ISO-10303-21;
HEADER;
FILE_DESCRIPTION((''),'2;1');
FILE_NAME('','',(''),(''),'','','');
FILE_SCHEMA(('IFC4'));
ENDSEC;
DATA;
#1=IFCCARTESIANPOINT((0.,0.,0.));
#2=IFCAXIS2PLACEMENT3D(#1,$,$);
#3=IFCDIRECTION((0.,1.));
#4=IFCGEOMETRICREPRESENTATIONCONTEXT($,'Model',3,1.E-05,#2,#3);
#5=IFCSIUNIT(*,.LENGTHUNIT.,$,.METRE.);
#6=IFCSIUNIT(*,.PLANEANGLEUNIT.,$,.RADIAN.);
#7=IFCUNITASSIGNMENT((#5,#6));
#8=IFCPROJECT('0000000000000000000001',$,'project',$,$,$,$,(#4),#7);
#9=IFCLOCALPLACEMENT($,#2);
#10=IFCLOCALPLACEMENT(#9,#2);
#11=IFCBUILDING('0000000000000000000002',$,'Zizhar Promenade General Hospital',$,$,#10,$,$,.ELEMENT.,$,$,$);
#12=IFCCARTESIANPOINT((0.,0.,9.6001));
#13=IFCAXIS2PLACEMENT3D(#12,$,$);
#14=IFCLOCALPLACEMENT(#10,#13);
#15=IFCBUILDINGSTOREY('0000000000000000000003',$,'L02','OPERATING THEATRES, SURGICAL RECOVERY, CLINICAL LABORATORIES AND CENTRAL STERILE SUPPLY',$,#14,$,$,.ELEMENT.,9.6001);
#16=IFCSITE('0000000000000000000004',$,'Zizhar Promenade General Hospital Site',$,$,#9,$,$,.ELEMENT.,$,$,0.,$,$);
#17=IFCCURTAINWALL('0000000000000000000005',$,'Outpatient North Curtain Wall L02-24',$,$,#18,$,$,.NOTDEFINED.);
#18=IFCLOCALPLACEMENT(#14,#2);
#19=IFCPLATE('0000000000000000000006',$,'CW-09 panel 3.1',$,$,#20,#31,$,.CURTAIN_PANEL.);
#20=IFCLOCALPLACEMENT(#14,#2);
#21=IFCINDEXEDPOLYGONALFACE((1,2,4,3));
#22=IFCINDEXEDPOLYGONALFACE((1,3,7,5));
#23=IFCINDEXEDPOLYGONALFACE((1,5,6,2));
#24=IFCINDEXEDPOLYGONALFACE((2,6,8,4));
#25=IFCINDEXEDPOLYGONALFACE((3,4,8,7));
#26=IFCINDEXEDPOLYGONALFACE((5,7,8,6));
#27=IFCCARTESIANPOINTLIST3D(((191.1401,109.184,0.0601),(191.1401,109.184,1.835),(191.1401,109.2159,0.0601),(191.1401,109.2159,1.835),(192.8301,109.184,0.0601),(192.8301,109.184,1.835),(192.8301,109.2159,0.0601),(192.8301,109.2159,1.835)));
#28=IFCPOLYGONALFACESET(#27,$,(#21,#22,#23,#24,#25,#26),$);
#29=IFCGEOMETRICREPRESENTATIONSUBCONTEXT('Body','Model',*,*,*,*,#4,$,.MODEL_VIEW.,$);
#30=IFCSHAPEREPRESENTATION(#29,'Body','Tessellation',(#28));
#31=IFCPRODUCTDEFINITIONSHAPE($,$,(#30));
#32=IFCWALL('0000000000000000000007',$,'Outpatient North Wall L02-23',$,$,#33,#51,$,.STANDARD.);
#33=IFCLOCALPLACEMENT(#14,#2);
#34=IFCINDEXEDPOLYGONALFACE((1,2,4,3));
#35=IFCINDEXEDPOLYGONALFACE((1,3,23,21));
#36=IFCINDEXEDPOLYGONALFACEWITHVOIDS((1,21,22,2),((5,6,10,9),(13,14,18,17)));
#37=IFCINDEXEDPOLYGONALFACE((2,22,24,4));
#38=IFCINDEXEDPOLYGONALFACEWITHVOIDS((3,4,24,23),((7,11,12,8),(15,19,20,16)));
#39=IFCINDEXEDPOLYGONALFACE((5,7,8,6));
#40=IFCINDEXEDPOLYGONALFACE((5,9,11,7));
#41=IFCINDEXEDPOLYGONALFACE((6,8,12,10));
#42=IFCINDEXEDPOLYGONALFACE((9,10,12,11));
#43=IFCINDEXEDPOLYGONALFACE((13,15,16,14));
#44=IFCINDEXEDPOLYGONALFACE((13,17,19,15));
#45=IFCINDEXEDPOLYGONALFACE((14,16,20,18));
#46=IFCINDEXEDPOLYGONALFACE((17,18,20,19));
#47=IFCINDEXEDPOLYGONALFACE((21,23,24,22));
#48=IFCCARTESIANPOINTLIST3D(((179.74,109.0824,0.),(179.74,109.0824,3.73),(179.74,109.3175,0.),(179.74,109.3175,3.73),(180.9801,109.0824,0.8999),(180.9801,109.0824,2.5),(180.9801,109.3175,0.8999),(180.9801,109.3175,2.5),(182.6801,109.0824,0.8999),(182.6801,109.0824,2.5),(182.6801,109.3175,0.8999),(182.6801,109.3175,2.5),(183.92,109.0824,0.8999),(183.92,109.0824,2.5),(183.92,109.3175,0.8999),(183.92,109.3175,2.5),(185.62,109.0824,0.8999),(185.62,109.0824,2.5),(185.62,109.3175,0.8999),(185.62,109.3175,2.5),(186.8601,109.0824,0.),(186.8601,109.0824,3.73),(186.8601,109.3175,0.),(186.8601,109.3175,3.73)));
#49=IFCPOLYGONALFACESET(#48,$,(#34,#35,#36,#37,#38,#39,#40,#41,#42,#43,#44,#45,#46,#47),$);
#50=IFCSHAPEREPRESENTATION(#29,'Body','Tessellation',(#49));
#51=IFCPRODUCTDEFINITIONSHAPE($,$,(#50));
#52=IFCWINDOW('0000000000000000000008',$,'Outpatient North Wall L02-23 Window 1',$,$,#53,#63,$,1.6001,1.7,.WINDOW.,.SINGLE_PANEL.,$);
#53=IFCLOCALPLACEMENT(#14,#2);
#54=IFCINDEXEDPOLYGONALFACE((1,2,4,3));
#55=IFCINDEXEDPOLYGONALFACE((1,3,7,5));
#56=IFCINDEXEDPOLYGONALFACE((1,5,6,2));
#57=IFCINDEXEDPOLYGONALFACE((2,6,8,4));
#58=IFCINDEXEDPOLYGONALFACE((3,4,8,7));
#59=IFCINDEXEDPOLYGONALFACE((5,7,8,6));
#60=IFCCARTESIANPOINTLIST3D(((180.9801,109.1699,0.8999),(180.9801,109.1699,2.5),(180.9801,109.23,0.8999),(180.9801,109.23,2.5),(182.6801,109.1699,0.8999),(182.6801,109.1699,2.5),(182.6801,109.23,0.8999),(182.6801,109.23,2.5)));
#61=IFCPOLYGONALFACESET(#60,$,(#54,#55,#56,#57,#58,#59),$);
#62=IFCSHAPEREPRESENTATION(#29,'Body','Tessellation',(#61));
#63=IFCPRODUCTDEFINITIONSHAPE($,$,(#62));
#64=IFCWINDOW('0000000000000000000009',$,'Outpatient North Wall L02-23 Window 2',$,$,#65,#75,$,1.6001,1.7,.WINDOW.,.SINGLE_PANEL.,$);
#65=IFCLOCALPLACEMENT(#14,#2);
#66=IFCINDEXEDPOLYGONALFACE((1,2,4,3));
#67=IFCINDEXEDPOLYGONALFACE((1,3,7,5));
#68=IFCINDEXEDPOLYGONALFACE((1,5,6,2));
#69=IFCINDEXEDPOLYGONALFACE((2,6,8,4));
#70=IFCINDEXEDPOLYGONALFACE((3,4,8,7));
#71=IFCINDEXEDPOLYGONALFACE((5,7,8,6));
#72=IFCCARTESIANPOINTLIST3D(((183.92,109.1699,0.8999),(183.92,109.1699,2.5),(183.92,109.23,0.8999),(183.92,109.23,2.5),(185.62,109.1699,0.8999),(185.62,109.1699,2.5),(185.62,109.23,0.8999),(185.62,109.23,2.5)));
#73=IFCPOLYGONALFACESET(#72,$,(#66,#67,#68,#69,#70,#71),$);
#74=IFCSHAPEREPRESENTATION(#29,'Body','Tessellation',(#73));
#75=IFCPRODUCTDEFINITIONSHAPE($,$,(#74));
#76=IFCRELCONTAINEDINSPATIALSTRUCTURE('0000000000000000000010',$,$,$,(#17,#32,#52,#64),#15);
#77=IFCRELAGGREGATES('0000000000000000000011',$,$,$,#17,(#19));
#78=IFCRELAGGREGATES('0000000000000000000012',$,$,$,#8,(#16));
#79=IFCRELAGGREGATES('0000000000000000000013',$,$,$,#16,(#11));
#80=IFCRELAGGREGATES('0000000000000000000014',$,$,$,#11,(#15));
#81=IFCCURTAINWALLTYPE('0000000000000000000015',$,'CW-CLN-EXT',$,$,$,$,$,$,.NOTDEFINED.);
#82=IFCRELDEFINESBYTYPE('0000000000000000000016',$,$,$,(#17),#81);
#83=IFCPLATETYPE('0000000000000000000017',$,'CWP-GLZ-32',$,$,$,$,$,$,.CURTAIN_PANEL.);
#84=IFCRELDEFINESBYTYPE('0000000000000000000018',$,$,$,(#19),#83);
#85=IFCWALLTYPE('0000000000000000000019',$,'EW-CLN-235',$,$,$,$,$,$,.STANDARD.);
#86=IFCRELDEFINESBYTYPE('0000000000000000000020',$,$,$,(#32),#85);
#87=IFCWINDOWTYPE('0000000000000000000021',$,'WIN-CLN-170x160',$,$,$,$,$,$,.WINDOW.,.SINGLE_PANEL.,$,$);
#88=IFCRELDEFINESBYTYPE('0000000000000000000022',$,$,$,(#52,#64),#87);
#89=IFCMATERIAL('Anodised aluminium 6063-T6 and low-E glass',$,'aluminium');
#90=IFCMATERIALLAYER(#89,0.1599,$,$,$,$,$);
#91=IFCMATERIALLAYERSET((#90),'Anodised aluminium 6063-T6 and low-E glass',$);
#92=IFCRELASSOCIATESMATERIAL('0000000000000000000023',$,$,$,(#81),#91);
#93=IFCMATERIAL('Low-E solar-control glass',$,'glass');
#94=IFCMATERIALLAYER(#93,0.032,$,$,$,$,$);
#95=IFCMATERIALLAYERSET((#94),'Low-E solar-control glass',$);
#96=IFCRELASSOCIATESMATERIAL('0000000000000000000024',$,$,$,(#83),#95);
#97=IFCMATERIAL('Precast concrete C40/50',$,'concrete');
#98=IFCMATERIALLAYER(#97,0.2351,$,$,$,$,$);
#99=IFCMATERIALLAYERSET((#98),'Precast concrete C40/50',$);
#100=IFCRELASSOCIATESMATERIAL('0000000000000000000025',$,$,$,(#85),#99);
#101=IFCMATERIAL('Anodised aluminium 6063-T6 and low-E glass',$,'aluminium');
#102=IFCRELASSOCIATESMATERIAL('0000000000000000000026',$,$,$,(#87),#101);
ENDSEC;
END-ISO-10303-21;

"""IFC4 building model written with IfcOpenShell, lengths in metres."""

from ifc_helpers import new_model, si_unit, direction, frame, frame_2d, origin, origin_2d, place, context, subcontext, project, spatial, rectangle, extrude, material, layer, layer_set, type_object, element, fill, aggregate, save


model = new_model("IFC4")

# Units and contexts
model_context = context("Model", 3, precision=1e-05, world=origin(), true_north=direction((0.0, 1.0)))
body_context = subcontext(model_context, "Body", "Model", "MODEL_VIEW")
ifc_project = project(units=[si_unit("LENGTHUNIT", "METRE"), si_unit("PLANEANGLEUNIT", "RADIAN")], contexts=[model_context])

# Site, building, storey
site_placement = place(None, origin())
site = spatial("IfcSite", under=ifc_project, at=site_placement, Name="Zizhar Promenade General Hospital Site", CompositionType="ELEMENT", RefElevation=0.0)
building_placement = place(site_placement, origin())
building = spatial("IfcBuilding", under=site, at=building_placement, Name="Zizhar Promenade General Hospital", CompositionType="ELEMENT")
storey_placement = place(building_placement, frame((0.0, 0.0, 9.6001)))
storey = spatial("IfcBuildingStorey", under=building, at=storey_placement, Name="L02", Description="OPERATING THEATRES, SURGICAL RECOVERY, CLINICAL LABORATORIES AND CENTRAL STERILE SUPPLY", CompositionType="ELEMENT", Elevation=9.6001)

# Curtain wall, plate
ifc_material_1 = material(Name="Anodised aluminium 6063-T6 and low-E glass", Category="aluminium")
ifc_layer_1 = layer(ifc_material_1, 0.1599)
ifc_layer_set_1 = layer_set([ifc_layer_1], Name="Anodised aluminium 6063-T6 and low-E glass")
curtain_wall_type = type_object("IfcCurtainWallType", Name="CW-CLN-EXT", PredefinedType="NOTDEFINED", material=ifc_layer_set_1)
curtain_wall_placement = place(storey_placement, origin())
curtain_wall = element("IfcCurtainWall", 1, at=curtain_wall_placement, inside=storey, type_object=curtain_wall_type, Name="Outpatient North Curtain Wall L02-24", PredefinedType="NOTDEFINED")
ifc_material_2 = material(Name="Low-E solar-control glass", Category="glass")
ifc_layer_2 = layer(ifc_material_2, 0.032)
ifc_layer_set_2 = layer_set([ifc_layer_2], Name="Low-E solar-control glass")
plate_type = type_object("IfcPlateType", Name="CWP-GLZ-32", PredefinedType="CURTAIN_PANEL", material=ifc_layer_set_2)
plate_1_placement = place(storey_placement, frame((191.9851, 109.2, 0.0601), z_axis=(0.0, 0.0, 1.0), x_axis=(1.0, 0.0, 0.0)))
plate_1 = element("IfcPlate", 2, at=plate_1_placement, type_object=plate_type, Name="CW-09 panel 3.1", PredefinedType="CURTAIN_PANEL", context=body_context, shape_type="SweptSolid", body=[
    extrude(rectangle(XDim=1.6899, YDim=0.032, at=origin_2d()), origin(), (0.0, 0.0, 1.0), 1.7749),
])
aggregate(curtain_wall, [plate_1])

# Wall, openings, windows
ifc_material_3 = material(Name="Precast concrete C40/50", Category="concrete")
ifc_layer_3 = layer(ifc_material_3, 0.2351)
ifc_layer_set_3 = layer_set([ifc_layer_3], Name="Precast concrete C40/50")
wall_type = type_object("IfcWallType", Name="EW-CLN-235", PredefinedType="STANDARD", material=ifc_layer_set_3)
wall_placement = place(storey_placement, frame((179.74, 109.2, 0.0), z_axis=(0.0, 0.0, 1.0), x_axis=(1.0, 0.0, 0.0)))
wall = element("IfcWall", 3, at=wall_placement, inside=storey, type_object=wall_type, Name="Outpatient North Wall L02-23", PredefinedType="STANDARD", context=body_context, shape_type="SweptSolid", body=[
    extrude(rectangle(XDim=7.1201, YDim=0.2351, at=frame_2d((3.5601, 0.0))), origin(), (0.0, 0.0, 1.0), 3.73),
])
opening_1_placement = place(wall_placement, frame((1.24, 0.0, 0.8999)))
opening_1 = element("IfcOpeningElement", 4, at=opening_1_placement, cuts=wall, PredefinedType="OPENING", context=body_context, shape_type="SweptSolid", body=[
    extrude(rectangle(XDim=1.7, YDim=1.6001, at=frame_2d((0.8501, 0.8))), frame((0.0, 0.1274, 0.0), z_axis=(0.0, -1.0, 0.0), x_axis=(1.0, 0.0, 0.0)), (0.0, 0.0, 1.0), 0.2551),
])
opening_2_placement = place(wall_placement, frame((4.1799, 0.0, 0.8999)))
opening_2 = element("IfcOpeningElement", 5, at=opening_2_placement, cuts=wall, PredefinedType="OPENING", context=body_context, shape_type="SweptSolid", body=[
    extrude(rectangle(XDim=1.7, YDim=1.6001, at=frame_2d((0.8501, 0.8))), frame((0.0, 0.1274, 0.0), z_axis=(0.0, -1.0, 0.0), x_axis=(1.0, 0.0, 0.0)), (0.0, 0.0, 1.0), 0.2551),
])
ifc_material_4 = material(Name="Anodised aluminium 6063-T6 and low-E glass", Category="aluminium")
window_type = type_object("IfcWindowType", Name="WIN-CLN-170x160", PartitioningType="SINGLE_PANEL", PredefinedType="WINDOW", material=ifc_material_4)
window_1_placement = place(opening_1_placement, origin())
window_1 = element("IfcWindow", 6, at=window_1_placement, inside=storey, type_object=window_type, Name="Outpatient North Wall L02-23 Window 1", OverallHeight=1.6001, OverallWidth=1.7, PartitioningType="SINGLE_PANEL", PredefinedType="WINDOW", context=body_context, shape_type="SweptSolid", body=[
    extrude(rectangle(XDim=1.7, YDim=1.6001, at=frame_2d((0.8501, 0.8))), frame((0.0, 0.03, 0.0), z_axis=(0.0, -1.0, 0.0), x_axis=(1.0, 0.0, 0.0)), (0.0, 0.0, 1.0), 0.0601),
])
fill(opening_1, window_1)
window_2_placement = place(opening_2_placement, origin())
window_2 = element("IfcWindow", 7, at=window_2_placement, inside=storey, type_object=window_type, Name="Outpatient North Wall L02-23 Window 2", OverallHeight=1.6001, OverallWidth=1.7, PartitioningType="SINGLE_PANEL", PredefinedType="WINDOW", context=body_context, shape_type="SweptSolid", body=[
    extrude(rectangle(XDim=1.7, YDim=1.6001, at=frame_2d((0.8501, 0.8))), frame((0.0, 0.03, 0.0), z_axis=(0.0, -1.0, 0.0), x_axis=(1.0, 0.0, 0.0)), (0.0, 0.0, 1.0), 0.0601),
])
fill(opening_2, window_2)

save(model, "model.ifc")
